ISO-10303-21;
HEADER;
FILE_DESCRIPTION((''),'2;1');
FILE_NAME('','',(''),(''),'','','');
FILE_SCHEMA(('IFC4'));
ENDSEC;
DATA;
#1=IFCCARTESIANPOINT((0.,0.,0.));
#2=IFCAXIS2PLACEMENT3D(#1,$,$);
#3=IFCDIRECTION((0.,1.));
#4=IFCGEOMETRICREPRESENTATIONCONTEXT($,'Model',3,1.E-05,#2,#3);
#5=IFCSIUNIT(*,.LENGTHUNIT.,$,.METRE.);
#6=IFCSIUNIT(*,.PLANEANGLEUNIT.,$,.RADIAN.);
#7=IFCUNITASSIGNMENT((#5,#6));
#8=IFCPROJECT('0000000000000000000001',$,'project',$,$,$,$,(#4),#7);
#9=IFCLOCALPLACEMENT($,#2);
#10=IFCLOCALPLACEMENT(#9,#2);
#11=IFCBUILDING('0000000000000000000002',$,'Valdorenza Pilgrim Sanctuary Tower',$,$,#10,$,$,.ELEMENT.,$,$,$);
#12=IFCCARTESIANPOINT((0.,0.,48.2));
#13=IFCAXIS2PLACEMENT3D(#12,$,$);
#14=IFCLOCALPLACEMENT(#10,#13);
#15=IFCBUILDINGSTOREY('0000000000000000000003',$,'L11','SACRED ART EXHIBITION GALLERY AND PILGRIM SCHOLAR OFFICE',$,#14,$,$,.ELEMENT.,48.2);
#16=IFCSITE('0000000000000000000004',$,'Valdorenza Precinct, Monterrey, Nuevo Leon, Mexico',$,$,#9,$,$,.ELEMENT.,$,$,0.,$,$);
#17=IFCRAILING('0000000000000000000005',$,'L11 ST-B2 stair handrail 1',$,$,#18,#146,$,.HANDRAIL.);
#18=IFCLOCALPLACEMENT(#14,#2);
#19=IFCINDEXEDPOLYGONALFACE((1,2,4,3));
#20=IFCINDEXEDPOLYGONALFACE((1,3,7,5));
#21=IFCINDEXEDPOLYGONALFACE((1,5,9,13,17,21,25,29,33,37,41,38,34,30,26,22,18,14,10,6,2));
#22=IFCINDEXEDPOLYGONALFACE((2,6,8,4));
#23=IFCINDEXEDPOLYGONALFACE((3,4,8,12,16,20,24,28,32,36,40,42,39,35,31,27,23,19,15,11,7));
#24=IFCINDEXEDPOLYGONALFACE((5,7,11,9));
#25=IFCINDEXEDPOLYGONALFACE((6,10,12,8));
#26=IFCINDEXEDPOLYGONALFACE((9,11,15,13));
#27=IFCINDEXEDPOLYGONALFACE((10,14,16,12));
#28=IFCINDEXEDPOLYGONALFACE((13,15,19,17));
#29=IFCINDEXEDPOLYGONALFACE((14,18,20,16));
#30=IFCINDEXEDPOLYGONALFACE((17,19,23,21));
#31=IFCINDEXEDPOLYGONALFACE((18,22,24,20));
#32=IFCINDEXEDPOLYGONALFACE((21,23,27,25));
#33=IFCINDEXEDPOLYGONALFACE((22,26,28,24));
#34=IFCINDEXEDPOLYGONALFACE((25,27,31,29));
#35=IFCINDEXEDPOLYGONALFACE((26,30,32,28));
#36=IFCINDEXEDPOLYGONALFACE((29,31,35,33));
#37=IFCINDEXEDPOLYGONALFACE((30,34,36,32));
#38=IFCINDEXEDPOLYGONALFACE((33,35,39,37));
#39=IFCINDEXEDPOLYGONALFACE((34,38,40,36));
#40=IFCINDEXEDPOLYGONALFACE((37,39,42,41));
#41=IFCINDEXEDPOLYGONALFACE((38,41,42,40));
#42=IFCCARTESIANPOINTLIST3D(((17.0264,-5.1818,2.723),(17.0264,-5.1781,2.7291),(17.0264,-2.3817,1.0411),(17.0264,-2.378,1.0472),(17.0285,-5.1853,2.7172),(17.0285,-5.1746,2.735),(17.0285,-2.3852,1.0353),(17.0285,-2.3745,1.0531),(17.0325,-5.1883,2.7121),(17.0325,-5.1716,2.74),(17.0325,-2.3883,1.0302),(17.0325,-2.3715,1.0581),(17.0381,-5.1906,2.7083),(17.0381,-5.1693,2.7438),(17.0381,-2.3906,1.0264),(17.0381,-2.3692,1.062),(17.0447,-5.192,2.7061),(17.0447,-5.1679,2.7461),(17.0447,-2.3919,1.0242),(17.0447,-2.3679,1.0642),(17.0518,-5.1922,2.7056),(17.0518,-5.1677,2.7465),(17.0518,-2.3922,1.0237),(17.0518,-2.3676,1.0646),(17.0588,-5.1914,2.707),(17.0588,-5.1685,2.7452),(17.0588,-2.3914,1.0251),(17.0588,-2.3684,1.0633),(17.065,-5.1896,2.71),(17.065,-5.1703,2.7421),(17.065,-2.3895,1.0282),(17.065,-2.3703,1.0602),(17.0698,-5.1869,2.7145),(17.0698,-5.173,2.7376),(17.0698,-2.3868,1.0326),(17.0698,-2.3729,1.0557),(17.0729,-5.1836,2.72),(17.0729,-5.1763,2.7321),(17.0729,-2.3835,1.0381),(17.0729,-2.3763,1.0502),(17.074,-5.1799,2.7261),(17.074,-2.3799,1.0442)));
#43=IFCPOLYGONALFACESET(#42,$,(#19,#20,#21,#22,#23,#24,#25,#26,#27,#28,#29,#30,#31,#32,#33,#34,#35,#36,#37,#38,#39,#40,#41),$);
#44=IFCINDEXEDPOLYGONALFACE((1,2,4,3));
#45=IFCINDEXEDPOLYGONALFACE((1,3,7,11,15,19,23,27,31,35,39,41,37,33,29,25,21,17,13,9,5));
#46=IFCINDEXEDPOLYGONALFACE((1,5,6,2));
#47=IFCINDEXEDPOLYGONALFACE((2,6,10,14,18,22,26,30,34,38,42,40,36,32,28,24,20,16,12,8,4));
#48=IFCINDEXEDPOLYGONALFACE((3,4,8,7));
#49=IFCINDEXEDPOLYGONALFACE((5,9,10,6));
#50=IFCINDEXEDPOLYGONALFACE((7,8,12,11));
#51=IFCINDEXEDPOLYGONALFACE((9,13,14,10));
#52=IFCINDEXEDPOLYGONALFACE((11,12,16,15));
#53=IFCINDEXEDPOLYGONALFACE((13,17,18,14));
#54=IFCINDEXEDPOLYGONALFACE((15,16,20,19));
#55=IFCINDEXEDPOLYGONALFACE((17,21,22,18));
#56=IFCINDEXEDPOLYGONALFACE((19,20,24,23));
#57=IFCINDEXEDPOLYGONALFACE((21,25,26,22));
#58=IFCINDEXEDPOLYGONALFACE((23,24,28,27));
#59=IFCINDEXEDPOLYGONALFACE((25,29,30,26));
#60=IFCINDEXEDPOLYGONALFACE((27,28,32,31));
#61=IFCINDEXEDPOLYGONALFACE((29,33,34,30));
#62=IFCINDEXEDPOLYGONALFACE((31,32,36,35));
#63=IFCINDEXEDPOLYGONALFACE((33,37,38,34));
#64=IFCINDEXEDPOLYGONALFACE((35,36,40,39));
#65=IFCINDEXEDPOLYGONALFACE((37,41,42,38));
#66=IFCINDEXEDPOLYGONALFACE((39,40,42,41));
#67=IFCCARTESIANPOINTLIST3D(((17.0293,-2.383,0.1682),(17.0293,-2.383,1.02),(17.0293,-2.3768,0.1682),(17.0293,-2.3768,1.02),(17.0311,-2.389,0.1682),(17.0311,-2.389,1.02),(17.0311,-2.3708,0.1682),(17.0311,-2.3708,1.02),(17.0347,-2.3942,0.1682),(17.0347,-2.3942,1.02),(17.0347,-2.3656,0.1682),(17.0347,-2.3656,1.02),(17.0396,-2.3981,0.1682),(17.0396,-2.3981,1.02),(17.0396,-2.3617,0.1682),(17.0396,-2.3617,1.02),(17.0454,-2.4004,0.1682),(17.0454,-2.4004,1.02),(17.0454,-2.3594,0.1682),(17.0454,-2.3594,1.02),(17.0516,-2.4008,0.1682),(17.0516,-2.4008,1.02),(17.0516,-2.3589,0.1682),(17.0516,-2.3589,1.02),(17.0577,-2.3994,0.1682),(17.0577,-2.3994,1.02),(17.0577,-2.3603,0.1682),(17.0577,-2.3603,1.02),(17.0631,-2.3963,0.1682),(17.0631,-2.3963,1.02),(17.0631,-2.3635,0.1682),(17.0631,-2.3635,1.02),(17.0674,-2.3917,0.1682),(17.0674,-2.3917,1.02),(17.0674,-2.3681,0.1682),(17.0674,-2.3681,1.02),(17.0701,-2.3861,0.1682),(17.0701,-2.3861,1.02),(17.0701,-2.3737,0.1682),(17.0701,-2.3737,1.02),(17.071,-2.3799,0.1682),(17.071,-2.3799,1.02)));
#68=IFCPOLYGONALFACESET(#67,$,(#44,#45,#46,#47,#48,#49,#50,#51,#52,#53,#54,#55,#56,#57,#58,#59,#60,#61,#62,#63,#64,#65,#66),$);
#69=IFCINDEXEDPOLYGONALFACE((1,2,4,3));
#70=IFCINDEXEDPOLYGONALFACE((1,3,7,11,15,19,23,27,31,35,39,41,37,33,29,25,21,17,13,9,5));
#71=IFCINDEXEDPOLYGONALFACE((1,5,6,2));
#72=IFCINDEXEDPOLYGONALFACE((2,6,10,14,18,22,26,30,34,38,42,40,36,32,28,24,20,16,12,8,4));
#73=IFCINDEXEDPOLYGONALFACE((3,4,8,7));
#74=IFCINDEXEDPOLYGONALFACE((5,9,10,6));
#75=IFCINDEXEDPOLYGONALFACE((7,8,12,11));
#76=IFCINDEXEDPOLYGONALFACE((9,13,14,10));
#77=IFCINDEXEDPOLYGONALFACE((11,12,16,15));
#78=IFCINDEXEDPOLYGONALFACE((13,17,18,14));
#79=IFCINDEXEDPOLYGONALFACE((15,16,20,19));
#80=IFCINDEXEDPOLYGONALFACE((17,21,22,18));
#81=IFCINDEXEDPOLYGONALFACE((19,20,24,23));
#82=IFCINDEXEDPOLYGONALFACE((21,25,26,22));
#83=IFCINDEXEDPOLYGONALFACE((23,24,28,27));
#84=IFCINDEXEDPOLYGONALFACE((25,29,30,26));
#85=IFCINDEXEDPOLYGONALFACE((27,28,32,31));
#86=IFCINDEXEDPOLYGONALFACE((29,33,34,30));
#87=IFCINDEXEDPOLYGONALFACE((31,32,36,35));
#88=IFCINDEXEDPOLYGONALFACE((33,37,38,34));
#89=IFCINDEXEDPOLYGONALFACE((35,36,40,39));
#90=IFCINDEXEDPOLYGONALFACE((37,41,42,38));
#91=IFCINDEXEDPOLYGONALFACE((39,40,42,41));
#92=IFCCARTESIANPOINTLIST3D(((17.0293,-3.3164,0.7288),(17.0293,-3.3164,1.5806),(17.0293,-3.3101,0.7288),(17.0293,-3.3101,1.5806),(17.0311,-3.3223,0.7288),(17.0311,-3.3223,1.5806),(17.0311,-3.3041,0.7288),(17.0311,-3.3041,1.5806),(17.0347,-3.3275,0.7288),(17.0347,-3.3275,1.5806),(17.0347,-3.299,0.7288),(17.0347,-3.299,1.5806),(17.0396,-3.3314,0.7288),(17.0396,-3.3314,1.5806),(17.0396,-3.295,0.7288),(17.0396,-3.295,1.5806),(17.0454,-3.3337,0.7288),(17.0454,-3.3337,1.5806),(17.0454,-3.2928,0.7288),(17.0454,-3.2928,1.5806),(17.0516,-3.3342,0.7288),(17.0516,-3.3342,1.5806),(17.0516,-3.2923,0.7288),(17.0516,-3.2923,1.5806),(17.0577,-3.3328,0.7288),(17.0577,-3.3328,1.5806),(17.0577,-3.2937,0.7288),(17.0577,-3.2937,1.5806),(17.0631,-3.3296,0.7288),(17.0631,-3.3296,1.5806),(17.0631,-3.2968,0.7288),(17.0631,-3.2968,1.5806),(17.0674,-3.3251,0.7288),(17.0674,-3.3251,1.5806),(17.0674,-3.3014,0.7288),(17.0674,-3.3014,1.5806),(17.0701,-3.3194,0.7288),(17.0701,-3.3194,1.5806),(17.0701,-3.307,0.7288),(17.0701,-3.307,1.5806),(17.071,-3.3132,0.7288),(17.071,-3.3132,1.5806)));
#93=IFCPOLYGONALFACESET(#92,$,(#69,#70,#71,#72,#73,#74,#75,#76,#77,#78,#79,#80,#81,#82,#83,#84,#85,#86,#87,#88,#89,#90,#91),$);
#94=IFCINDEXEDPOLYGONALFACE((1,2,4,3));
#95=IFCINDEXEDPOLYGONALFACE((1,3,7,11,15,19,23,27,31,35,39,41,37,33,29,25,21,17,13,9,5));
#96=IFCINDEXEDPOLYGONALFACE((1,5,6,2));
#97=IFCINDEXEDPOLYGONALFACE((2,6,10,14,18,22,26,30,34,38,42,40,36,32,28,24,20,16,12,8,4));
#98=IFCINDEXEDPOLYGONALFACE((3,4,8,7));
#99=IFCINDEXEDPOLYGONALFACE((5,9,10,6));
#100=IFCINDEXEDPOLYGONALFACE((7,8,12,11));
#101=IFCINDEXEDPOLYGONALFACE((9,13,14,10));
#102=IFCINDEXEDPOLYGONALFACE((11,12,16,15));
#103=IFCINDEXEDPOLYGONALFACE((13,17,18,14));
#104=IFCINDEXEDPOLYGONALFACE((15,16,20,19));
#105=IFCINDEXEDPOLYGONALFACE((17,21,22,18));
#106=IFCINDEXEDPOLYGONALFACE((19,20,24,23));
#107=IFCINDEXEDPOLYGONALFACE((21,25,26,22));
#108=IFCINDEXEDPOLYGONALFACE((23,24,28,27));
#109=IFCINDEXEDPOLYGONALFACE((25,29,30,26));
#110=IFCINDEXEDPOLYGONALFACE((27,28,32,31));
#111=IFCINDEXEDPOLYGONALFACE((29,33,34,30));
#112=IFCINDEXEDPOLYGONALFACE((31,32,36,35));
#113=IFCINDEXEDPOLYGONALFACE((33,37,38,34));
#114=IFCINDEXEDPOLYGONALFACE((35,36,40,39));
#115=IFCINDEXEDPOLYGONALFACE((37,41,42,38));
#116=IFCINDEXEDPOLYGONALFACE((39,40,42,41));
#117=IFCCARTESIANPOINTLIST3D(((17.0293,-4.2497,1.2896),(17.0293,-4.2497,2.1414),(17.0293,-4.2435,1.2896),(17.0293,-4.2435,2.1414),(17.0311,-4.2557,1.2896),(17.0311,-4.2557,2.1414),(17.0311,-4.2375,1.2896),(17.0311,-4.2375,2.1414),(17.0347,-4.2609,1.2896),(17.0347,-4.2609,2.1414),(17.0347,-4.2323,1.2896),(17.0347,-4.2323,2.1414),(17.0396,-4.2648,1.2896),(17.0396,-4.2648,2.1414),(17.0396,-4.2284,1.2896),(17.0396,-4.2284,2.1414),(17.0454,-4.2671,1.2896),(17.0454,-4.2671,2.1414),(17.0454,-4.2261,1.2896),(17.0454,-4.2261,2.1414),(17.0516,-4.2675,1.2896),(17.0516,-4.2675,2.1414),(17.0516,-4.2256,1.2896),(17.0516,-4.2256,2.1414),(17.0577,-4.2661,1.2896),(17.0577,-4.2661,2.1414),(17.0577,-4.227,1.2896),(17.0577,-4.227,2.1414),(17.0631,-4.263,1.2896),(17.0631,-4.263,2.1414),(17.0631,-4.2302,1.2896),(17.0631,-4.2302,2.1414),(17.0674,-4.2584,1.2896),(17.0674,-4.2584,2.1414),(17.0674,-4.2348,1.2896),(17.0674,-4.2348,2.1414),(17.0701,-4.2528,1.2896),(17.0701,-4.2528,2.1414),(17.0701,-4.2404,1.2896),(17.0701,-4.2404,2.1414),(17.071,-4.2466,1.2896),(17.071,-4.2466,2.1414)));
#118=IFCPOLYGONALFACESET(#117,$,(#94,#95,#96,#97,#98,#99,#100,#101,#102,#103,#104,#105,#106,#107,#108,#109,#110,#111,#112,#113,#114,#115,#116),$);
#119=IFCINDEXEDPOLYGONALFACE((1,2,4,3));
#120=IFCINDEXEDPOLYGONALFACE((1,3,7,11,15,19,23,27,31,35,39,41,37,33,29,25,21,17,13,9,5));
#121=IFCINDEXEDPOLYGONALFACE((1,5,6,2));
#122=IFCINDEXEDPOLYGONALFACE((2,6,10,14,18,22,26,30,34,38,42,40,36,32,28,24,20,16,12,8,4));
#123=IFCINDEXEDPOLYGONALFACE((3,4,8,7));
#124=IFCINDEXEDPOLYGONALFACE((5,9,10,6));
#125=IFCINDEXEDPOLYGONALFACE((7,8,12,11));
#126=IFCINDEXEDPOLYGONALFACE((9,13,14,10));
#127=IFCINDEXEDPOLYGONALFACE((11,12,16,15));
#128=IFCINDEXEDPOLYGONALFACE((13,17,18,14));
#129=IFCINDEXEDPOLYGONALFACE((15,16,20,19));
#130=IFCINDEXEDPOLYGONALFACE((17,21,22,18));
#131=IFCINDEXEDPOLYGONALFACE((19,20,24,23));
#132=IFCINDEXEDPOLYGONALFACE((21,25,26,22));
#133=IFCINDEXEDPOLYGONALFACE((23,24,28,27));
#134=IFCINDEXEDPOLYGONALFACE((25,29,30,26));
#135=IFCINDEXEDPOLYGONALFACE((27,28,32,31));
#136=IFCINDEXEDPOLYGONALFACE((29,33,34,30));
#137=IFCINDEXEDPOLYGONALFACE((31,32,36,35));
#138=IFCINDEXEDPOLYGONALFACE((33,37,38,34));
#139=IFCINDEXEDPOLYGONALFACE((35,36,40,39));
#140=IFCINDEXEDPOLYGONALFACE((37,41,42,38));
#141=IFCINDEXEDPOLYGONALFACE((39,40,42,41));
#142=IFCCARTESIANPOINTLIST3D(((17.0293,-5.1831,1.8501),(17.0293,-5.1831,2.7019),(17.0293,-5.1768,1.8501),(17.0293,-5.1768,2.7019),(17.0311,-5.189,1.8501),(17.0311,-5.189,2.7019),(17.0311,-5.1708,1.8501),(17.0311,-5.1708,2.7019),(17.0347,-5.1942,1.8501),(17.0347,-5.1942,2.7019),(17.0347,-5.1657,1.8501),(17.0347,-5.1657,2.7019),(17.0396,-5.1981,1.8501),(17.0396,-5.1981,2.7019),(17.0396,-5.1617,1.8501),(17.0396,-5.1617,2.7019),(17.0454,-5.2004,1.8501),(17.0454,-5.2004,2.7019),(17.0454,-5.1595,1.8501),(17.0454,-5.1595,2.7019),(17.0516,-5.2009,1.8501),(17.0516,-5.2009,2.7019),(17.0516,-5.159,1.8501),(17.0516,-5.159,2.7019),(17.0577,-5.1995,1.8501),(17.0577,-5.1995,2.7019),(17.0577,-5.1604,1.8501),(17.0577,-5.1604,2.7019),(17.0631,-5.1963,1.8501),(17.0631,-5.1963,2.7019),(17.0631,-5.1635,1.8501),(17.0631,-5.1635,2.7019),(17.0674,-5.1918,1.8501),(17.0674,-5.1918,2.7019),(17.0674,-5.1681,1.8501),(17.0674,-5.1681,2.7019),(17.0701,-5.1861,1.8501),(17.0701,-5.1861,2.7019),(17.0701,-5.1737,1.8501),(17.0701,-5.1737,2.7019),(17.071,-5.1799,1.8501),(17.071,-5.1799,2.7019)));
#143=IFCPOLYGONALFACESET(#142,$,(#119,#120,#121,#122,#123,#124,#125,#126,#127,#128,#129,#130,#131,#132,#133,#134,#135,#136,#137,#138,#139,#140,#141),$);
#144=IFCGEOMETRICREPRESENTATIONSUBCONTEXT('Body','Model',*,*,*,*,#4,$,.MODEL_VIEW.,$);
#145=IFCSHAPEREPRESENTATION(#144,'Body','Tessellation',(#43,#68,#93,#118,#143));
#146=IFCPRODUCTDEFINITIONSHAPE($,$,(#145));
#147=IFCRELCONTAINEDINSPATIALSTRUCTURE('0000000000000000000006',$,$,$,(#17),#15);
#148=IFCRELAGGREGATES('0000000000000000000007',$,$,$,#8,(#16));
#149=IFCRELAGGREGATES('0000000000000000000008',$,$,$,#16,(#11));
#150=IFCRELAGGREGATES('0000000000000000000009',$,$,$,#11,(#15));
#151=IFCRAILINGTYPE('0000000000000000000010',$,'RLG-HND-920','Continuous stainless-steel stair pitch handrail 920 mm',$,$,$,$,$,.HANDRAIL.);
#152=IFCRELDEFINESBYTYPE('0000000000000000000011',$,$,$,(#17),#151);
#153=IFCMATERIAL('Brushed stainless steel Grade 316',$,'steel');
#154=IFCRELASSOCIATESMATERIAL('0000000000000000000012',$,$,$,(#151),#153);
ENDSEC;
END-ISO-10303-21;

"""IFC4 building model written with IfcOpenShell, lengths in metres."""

from ifc_helpers import new_model, si_unit, direction, frame, origin, origin_2d, place, context, subcontext, project, spatial, circle, extrude, material, type_object, element, save


model = new_model("IFC4")

# Units and contexts
model_context = context("Model", 3, precision=1e-05, world=origin(), true_north=direction((0.0, 1.0)))
body_context = subcontext(model_context, "Body", "Model", "MODEL_VIEW")
ifc_project = project(units=[si_unit("LENGTHUNIT", "METRE"), si_unit("PLANEANGLEUNIT", "RADIAN")], contexts=[model_context])

# Site, building, storey
site_placement = place(None, origin())
site = spatial("IfcSite", under=ifc_project, at=site_placement, Name="Valdorenza Precinct, Monterrey, Nuevo Leon, Mexico", CompositionType="ELEMENT", RefElevation=0.0)
building_placement = place(site_placement, origin())
building = spatial("IfcBuilding", under=site, at=building_placement, Name="Valdorenza Pilgrim Sanctuary Tower", CompositionType="ELEMENT")
storey_placement = place(building_placement, frame((0.0, 0.0, 48.2)))
storey = spatial("IfcBuildingStorey", under=building, at=storey_placement, Name="L11", Description="SACRED ART EXHIBITION GALLERY AND PILGRIM SCHOLAR OFFICE", CompositionType="ELEMENT", Elevation=48.2)

# Shared definitions
ifc_material_1 = material(Name="Brushed stainless steel Grade 316", Category="steel")

# Railing
railing_type_1 = type_object("IfcRailingType", Name="RLG-HND-920", Description="Continuous stainless-steel stair pitch handrail 920 mm", PredefinedType="HANDRAIL", material=ifc_material_1)
railing_1_placement = place(storey_placement, frame((17.05, -2.3799, 0.1682)))
element("IfcRailing", 1, at=railing_1_placement, inside=storey, type_object=railing_type_1, Name="L11 ST-B2 stair handrail 1", PredefinedType="HANDRAIL", context=body_context, shape_type="SweptSolid", body=[
    extrude(circle(Radius=0.0239, at=origin_2d()), frame((0.0, 0.0, 0.876), z_axis=(0.0, -0.857242, 0.514913), x_axis=(1.0, 0.0, 0.0)), (0.0, 0.0, 1.0), 3.2664),
    extrude(circle(Radius=0.021, at=origin_2d()), origin(), (0.0, 0.0, 1.0), 0.8518),
    extrude(circle(Radius=0.021, at=origin_2d()), frame((0.0, -0.9333, 0.5605)), (0.0, 0.0, 1.0), 0.8518),
    extrude(circle(Radius=0.021, at=origin_2d()), frame((0.0, -1.8667, 1.1213)), (0.0, 0.0, 1.0), 0.8518),
    extrude(circle(Radius=0.021, at=origin_2d()), frame((0.0, -2.8, 1.6819)), (0.0, 0.0, 1.0), 0.8518),
])

save(model, "model.ifc")
